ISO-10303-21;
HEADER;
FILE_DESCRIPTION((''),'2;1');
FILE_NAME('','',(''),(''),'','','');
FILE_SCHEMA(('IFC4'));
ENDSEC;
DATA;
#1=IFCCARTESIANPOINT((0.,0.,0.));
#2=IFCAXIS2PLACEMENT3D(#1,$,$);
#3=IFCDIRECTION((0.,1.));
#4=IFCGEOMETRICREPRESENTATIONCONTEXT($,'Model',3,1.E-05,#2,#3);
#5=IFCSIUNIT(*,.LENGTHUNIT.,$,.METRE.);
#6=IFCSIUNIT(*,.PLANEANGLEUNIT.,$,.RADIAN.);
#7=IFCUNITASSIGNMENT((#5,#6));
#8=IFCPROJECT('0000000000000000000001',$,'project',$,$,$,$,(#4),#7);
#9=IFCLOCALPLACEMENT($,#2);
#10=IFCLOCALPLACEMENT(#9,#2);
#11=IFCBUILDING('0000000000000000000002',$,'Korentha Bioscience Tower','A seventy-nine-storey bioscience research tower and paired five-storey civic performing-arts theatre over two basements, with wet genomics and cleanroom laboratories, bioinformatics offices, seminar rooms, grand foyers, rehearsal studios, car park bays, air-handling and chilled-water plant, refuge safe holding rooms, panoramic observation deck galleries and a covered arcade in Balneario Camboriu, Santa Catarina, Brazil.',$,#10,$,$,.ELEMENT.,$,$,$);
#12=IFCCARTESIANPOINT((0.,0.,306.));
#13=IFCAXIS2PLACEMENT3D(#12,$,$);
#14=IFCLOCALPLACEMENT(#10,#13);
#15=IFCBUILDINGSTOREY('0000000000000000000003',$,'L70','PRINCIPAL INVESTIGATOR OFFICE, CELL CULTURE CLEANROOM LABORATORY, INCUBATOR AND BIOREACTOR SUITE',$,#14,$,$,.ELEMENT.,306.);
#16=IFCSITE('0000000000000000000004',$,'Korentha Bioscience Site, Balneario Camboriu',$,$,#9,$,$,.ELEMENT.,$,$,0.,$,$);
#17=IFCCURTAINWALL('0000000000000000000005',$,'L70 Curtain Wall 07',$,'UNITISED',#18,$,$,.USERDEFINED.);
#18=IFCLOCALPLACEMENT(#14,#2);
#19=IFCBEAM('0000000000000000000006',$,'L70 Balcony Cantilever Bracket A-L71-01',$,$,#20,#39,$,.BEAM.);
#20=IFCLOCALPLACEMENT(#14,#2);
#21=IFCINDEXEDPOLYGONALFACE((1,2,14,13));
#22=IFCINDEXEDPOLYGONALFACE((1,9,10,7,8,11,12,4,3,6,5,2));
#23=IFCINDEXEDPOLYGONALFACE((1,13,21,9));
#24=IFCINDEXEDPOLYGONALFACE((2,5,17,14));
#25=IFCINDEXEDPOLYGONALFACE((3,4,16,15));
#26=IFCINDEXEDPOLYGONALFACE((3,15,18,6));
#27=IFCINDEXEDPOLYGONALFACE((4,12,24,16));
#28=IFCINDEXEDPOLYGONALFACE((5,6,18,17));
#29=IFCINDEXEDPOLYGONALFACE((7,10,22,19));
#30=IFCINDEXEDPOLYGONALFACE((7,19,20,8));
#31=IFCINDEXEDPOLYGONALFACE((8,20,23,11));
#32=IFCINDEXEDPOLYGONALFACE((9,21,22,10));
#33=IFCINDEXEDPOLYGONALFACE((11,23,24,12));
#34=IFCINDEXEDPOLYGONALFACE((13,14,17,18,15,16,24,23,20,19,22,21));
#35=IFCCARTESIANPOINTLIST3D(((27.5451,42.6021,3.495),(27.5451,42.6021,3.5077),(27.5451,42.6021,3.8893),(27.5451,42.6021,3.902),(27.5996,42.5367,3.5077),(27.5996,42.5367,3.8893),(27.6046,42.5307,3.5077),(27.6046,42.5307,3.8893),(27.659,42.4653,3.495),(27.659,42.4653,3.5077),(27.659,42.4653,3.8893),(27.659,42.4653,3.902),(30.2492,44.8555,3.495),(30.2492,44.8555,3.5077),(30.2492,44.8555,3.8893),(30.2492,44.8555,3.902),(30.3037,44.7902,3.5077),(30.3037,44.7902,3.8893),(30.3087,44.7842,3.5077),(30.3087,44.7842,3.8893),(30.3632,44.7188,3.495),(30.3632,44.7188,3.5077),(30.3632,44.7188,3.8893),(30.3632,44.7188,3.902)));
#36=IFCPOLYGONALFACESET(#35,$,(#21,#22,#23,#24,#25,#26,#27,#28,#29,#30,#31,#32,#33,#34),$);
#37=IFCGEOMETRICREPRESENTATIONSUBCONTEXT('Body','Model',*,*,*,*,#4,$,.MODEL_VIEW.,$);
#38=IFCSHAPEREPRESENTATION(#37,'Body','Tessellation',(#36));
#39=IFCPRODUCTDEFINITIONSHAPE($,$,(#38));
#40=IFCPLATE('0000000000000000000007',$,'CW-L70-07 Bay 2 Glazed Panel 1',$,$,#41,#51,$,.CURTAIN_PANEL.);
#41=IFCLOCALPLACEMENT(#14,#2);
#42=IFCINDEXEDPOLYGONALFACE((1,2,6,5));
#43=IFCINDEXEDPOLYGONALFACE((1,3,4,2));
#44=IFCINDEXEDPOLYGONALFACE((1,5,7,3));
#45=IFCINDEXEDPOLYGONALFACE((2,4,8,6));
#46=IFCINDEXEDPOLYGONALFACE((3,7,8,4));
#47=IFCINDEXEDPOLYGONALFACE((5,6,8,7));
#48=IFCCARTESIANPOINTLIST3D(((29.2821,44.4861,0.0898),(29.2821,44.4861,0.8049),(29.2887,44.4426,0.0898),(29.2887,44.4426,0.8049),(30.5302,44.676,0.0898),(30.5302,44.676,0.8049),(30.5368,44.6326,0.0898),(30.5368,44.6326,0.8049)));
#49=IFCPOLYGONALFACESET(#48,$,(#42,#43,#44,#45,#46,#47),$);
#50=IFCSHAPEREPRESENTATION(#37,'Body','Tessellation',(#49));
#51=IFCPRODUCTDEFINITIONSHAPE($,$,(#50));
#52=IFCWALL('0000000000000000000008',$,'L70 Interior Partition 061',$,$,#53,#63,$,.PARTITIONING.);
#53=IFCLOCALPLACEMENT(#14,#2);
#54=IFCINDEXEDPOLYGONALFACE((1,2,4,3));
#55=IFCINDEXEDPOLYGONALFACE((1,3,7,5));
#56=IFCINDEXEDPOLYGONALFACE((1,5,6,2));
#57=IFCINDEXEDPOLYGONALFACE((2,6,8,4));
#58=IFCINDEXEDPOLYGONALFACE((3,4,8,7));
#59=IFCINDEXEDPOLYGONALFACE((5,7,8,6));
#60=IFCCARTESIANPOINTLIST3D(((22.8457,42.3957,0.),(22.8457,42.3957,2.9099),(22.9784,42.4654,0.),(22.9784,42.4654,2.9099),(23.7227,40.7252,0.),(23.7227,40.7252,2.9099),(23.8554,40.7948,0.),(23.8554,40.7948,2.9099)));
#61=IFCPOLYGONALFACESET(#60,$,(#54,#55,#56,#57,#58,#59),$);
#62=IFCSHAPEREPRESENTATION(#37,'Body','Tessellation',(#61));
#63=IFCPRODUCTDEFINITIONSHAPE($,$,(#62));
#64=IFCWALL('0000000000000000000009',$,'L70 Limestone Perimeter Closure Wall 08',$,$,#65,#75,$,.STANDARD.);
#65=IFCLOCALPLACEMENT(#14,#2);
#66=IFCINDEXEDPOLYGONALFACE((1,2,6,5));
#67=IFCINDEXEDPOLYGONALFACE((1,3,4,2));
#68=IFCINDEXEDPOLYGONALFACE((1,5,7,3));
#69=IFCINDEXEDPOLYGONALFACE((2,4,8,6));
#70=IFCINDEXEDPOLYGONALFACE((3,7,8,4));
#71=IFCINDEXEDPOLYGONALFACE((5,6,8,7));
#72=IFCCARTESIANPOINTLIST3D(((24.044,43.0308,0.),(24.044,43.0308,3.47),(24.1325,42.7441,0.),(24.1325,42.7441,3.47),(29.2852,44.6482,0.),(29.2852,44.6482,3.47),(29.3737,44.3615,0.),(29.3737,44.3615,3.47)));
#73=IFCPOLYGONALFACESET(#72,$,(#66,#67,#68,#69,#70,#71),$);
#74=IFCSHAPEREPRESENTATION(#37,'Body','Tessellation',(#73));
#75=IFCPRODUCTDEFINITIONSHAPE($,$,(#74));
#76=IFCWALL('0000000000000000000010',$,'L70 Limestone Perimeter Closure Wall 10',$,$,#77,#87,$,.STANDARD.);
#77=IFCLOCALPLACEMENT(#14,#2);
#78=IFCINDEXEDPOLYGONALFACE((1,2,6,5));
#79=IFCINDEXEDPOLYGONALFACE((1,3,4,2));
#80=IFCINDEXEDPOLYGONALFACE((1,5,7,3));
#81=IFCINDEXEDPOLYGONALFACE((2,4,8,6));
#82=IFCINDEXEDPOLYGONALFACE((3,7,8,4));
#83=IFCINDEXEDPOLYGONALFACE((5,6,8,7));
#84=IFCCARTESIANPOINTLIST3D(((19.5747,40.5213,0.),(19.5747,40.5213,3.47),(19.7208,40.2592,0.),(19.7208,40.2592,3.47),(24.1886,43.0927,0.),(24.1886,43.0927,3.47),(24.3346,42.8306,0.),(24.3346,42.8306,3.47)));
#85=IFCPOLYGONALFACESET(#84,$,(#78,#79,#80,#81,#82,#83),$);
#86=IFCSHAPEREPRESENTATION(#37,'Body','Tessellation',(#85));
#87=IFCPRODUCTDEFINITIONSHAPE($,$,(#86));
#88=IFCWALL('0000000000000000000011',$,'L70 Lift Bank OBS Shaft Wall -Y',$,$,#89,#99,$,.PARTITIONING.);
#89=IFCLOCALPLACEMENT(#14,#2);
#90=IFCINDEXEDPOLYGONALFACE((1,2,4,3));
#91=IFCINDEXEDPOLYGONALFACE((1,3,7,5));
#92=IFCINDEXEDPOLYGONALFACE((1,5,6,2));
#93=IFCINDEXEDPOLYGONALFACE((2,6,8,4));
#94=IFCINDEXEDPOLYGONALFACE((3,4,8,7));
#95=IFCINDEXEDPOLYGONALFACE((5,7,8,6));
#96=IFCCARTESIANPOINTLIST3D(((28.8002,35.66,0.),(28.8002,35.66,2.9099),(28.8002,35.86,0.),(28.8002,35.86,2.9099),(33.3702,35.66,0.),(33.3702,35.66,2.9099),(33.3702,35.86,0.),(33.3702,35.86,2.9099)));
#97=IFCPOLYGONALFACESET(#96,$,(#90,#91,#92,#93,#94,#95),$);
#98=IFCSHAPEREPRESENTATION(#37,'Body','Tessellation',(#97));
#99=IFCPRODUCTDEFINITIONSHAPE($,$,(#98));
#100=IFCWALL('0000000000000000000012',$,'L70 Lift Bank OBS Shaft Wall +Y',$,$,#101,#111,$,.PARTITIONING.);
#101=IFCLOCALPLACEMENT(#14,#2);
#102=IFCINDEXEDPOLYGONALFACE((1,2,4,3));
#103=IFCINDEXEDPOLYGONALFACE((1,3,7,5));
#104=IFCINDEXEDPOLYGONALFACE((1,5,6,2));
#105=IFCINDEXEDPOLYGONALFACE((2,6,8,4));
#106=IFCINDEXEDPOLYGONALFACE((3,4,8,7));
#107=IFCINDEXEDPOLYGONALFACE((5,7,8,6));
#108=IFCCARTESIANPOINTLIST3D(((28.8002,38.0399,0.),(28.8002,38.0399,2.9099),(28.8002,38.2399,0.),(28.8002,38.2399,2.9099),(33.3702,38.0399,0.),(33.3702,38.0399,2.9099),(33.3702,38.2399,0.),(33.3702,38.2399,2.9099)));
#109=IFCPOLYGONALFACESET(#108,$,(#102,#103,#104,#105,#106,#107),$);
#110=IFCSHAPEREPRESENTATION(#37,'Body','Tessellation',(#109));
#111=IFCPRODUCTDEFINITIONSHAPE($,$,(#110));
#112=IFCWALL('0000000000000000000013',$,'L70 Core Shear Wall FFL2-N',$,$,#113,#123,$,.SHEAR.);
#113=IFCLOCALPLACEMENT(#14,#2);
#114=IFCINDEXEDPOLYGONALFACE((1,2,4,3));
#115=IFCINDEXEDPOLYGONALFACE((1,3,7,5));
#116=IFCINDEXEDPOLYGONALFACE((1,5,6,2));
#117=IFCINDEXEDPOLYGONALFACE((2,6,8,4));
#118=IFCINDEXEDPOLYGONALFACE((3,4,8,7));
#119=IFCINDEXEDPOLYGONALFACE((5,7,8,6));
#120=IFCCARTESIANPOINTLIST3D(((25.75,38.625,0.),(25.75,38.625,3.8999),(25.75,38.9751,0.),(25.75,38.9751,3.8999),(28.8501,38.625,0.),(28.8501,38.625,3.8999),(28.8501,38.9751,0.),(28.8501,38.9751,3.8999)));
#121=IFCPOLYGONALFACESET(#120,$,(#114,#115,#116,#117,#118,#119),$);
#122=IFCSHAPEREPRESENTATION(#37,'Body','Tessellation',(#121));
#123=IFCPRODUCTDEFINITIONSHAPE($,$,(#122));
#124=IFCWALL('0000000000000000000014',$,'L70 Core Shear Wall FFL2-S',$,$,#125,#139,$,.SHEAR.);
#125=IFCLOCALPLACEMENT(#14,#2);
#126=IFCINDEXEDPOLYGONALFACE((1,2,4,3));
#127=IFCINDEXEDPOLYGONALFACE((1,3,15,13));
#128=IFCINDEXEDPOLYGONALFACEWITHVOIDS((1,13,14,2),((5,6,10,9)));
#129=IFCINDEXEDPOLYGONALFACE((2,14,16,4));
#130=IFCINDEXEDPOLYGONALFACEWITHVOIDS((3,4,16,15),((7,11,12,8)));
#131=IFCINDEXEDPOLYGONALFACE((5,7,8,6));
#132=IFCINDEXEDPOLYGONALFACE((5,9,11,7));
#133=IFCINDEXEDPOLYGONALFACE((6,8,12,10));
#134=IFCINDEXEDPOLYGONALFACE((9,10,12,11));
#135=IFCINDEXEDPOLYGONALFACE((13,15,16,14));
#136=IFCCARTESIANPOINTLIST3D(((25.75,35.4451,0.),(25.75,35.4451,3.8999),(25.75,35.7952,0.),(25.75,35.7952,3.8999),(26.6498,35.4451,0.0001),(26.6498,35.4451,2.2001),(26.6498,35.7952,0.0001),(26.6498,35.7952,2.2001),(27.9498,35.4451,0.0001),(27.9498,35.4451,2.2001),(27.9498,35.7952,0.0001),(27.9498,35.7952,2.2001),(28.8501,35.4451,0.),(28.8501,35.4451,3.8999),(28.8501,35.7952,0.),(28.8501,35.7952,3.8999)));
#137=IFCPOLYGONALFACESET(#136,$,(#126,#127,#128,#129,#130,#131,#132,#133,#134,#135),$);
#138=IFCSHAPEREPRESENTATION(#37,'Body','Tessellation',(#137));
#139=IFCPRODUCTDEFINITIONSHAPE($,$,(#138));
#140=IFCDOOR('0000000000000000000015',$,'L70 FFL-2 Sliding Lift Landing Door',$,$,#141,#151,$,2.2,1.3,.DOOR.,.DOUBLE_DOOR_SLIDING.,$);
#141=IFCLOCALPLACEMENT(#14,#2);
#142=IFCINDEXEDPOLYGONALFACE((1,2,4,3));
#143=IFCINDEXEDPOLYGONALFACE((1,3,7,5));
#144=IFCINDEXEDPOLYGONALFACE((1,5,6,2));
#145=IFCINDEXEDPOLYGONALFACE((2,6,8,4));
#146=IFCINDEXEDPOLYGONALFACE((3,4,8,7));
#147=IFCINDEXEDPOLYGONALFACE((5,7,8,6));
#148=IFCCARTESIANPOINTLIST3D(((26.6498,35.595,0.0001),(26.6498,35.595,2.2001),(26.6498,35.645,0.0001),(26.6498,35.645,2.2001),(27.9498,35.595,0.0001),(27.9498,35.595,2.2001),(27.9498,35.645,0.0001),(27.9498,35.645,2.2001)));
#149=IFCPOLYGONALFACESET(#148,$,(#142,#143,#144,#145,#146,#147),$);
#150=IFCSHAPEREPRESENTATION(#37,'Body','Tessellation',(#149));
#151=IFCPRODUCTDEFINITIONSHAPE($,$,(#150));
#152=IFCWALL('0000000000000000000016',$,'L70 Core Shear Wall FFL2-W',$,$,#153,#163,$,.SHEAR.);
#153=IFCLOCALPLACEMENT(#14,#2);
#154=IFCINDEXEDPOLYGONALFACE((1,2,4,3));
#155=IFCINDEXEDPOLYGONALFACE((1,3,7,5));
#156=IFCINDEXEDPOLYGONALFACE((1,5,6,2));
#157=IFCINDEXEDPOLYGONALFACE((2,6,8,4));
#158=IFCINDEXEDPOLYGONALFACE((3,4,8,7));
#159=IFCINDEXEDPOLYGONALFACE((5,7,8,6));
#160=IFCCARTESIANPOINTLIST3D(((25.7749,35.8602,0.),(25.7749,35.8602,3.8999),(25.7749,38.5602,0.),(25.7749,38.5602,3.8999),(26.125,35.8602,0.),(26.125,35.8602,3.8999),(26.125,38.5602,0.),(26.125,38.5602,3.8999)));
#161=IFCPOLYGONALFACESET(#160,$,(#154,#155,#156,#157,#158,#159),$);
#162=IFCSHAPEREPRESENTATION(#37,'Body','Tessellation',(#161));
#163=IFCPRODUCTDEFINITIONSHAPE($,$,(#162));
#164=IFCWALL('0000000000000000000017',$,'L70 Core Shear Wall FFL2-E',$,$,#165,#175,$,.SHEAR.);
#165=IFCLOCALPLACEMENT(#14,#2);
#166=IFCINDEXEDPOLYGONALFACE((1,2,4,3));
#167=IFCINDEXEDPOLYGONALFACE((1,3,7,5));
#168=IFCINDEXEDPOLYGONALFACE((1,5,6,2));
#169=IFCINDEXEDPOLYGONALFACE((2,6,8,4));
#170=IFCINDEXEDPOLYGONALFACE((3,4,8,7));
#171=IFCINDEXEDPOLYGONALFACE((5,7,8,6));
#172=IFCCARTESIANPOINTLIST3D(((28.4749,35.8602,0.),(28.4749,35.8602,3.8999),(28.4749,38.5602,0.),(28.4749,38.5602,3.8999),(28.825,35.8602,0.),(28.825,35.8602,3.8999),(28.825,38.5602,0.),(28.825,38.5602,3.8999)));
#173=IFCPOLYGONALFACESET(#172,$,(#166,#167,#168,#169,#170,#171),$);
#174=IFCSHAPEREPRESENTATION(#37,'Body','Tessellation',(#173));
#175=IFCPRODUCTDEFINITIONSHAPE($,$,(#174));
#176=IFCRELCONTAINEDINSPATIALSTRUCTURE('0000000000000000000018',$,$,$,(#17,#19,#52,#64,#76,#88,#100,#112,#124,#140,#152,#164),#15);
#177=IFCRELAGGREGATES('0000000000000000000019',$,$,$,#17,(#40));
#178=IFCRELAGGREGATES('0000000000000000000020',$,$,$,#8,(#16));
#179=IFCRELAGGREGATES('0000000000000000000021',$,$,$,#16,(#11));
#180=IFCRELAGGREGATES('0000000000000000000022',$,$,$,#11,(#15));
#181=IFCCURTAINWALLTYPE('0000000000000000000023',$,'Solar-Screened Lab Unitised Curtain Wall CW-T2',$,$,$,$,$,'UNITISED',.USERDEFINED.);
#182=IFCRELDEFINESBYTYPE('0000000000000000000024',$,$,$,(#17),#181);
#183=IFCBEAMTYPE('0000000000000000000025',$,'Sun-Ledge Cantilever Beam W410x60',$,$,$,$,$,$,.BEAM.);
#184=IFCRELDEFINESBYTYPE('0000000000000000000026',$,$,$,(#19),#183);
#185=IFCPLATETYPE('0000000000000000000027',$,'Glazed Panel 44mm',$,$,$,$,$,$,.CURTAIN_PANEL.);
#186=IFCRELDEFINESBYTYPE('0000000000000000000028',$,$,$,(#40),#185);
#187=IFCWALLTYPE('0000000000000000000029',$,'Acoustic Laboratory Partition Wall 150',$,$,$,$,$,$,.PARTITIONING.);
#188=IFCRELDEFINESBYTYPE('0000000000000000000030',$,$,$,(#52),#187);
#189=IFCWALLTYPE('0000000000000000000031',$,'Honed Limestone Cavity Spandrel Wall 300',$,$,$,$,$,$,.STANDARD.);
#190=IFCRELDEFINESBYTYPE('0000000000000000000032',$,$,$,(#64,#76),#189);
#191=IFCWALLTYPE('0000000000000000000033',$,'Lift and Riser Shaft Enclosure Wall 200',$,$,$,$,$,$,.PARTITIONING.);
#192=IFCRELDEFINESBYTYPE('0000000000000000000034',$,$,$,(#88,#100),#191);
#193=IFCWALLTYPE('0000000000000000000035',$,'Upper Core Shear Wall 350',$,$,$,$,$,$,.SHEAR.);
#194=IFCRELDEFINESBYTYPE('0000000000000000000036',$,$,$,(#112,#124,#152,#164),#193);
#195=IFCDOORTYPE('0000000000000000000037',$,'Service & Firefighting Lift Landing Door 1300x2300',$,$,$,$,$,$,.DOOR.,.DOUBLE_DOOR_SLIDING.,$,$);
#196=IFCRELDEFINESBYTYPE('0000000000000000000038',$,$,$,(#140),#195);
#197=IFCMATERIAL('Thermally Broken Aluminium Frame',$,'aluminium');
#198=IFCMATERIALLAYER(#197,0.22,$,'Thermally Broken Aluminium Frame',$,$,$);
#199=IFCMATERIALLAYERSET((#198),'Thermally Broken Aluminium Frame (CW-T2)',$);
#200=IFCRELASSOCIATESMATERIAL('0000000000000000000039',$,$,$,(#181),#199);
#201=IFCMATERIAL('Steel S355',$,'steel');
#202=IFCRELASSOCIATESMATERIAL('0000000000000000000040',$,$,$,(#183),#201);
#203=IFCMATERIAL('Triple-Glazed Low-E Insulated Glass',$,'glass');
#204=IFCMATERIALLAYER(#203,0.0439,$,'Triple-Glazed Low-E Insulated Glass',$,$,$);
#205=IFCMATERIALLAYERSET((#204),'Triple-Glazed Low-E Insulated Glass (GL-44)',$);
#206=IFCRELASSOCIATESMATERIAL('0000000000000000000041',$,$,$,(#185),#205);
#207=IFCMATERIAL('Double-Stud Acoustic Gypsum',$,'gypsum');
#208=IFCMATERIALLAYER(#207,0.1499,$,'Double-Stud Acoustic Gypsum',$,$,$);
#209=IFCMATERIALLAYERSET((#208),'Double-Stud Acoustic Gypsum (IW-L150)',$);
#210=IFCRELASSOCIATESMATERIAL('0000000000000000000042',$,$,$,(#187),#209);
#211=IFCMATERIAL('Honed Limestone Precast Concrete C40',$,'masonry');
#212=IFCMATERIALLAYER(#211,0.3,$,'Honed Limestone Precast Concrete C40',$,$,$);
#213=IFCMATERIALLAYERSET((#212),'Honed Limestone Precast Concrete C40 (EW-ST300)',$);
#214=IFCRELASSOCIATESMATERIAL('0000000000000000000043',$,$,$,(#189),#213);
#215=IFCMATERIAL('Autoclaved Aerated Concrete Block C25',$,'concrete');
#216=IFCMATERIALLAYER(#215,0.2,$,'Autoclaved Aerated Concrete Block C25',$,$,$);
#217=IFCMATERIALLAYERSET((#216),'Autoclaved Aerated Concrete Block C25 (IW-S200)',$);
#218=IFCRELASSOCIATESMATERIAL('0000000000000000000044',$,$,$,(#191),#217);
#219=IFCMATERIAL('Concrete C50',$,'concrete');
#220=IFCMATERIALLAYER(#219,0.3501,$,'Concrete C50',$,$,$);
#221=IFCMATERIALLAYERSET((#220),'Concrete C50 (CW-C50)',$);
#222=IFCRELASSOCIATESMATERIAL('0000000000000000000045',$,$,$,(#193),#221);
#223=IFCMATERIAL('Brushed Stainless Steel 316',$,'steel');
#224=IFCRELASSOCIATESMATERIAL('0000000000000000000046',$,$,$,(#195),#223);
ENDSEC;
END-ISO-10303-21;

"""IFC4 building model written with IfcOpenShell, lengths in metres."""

from ifc_helpers import new_model, si_unit, direction, frame, frame_2d, origin, origin_2d, place, context, subcontext, project, spatial, rectangle, i_section, extrude, material, layer, layer_set, material_profile, profile_set, type_object, element, fill, aggregate, save


model = new_model("IFC4")

# Units and contexts
model_context = context("Model", 3, precision=1e-05, world=origin(), true_north=direction((0.0, 1.0)))
body_context = subcontext(model_context, "Body", "Model", "MODEL_VIEW")
ifc_project = project(units=[si_unit("LENGTHUNIT", "METRE"), si_unit("PLANEANGLEUNIT", "RADIAN")], contexts=[model_context])

# Site, building, storey
site_placement = place(None, origin())
site = spatial("IfcSite", under=ifc_project, at=site_placement, Name="Korentha Bioscience Site, Balneario Camboriu", CompositionType="ELEMENT", RefElevation=0.0)
building_placement = place(site_placement, origin())
building = spatial("IfcBuilding", under=site, at=building_placement, Name="Korentha Bioscience Tower", Description="A seventy-nine-storey bioscience research tower and paired five-storey civic performing-arts theatre over two basements, with wet genomics and cleanroom laboratories, bioinformatics offices, seminar rooms, grand foyers, rehearsal studios, car park bays, air-handling and chilled-water plant, refuge safe holding rooms, panoramic observation deck galleries and a covered arcade in Balneario Camboriu, Santa Catarina, Brazil.", CompositionType="ELEMENT")
storey_placement = place(building_placement, frame((0.0, 0.0, 306.0)))
storey = spatial("IfcBuildingStorey", under=building, at=storey_placement, Name="L70", Description="PRINCIPAL INVESTIGATOR OFFICE, CELL CULTURE CLEANROOM LABORATORY, INCUBATOR AND BIOREACTOR SUITE", CompositionType="ELEMENT", Elevation=306.0)

# Shared definitions
ifc_material_1 = material(Name="Concrete C50", Category="concrete")

# Shared definitions
ifc_material_2 = material(Name="Steel S355", Category="steel")

# Curtain wall
ifc_material_3 = material(Name="Thermally Broken Aluminium Frame", Category="aluminium")
ifc_layer_1 = layer(ifc_material_3, 0.22, Name="Thermally Broken Aluminium Frame")
ifc_layer_set_1 = layer_set([ifc_layer_1], Name="Thermally Broken Aluminium Frame (CW-T2)")
curtain_wall_type = type_object("IfcCurtainWallType", Name="Solar-Screened Lab Unitised Curtain Wall CW-T2", ElementType="UNITISED", PredefinedType="USERDEFINED", material=ifc_layer_set_1)
curtain_wall_placement = place(storey_placement, origin())
curtain_wall = element("IfcCurtainWall", 1, at=curtain_wall_placement, inside=storey, type_object=curtain_wall_type, Name="L70 Curtain Wall 07", ObjectType="UNITISED", PredefinedType="USERDEFINED")

# Beam
ifc_material_profile_1 = material_profile(ifc_material_2, i_section(OverallWidth=0.178, OverallDepth=0.407, WebThickness=0.0078, FlangeThickness=0.0127, at=origin_2d()), Name="Steel S355")
ifc_profile_set_1 = profile_set([ifc_material_profile_1], Name="Steel S355 (CB-410)")
beam_type_1 = type_object("IfcBeamType", Name="Sun-Ledge Cantilever Beam W410x60", PredefinedType="BEAM", material=ifc_profile_set_1)
beam_1_placement = place(storey_placement, frame((27.6021, 42.5337, 3.6985), z_axis=(0.768221, 0.640184, 0.0), x_axis=(-0.640184, 0.768221, 0.0)))
element("IfcBeam", 2, at=beam_1_placement, inside=storey, type_object=beam_type_1, Name="L70 Balcony Cantilever Bracket A-L71-01", PredefinedType="BEAM", context=body_context, shape_type="SweptSolid", body=[
    extrude(i_section(OverallWidth=0.178, OverallDepth=0.407, WebThickness=0.0078, FlangeThickness=0.0127, at=origin_2d()), origin(), (0.0, 0.0, 1.0), 3.52),
])

# Plate
ifc_material_4 = material(Name="Triple-Glazed Low-E Insulated Glass", Category="glass")
ifc_layer_2 = layer(ifc_material_4, 0.0439, Name="Triple-Glazed Low-E Insulated Glass")
ifc_layer_set_2 = layer_set([ifc_layer_2], Name="Triple-Glazed Low-E Insulated Glass (GL-44)")
plate_type = type_object("IfcPlateType", Name="Glazed Panel 44mm", PredefinedType="CURTAIN_PANEL", material=ifc_layer_set_2)
plate_placement = place(storey_placement, frame((29.9094, 44.5593, 0.0898), z_axis=(0.0, 0.0, 1.0), x_axis=(-0.988621, -0.150428, 0.0)))
plate = element("IfcPlate", 3, at=plate_placement, type_object=plate_type, Name="CW-L70-07 Bay 2 Glazed Panel 1", PredefinedType="CURTAIN_PANEL", context=body_context, shape_type="SweptSolid", body=[
    extrude(rectangle(XDim=1.2625, YDim=0.0439, at=origin_2d()), origin(), (0.0, 0.0, 1.0), 0.7151),
])
aggregate(curtain_wall, [plate])

# Walls
ifc_material_5 = material(Name="Double-Stud Acoustic Gypsum", Category="gypsum")
ifc_layer_3 = layer(ifc_material_5, 0.1499, Name="Double-Stud Acoustic Gypsum")
ifc_layer_set_3 = layer_set([ifc_layer_3], Name="Double-Stud Acoustic Gypsum (IW-L150)")
wall_type_1 = type_object("IfcWallType", Name="Acoustic Laboratory Partition Wall 150", PredefinedType="PARTITIONING", material=ifc_layer_set_3)
wall_1_placement = place(storey_placement, frame((23.7891, 40.76, 0.0), z_axis=(0.0, 0.0, 1.0), x_axis=(-0.464829, 0.885401, 0.0)))
element("IfcWall", 4, at=wall_1_placement, inside=storey, type_object=wall_type_1, Name="L70 Interior Partition 061", PredefinedType="PARTITIONING", context=body_context, shape_type="SweptSolid", body=[
    extrude(rectangle(XDim=1.8867, YDim=0.1499, at=frame_2d((0.9434, 0.0))), origin(), (0.0, 0.0, 1.0), 2.9099),
])
ifc_material_6 = material(Name="Honed Limestone Precast Concrete C40", Category="masonry")
ifc_layer_4 = layer(ifc_material_6, 0.3, Name="Honed Limestone Precast Concrete C40")
ifc_layer_set_4 = layer_set([ifc_layer_4], Name="Honed Limestone Precast Concrete C40 (EW-ST300)")
wall_type_2 = type_object("IfcWallType", Name="Honed Limestone Cavity Spandrel Wall 300", PredefinedType="STANDARD", material=ifc_layer_set_4)
wall_2_placement = place(storey_placement, frame((29.3296, 44.5049, 0.0), z_axis=(0.0, 0.0, 1.0), x_axis=(-0.955535, -0.294877, 0.0)))
element("IfcWall", 5, at=wall_2_placement, inside=storey, type_object=wall_type_2, Name="L70 Limestone Perimeter Closure Wall 08", PredefinedType="STANDARD", context=body_context, shape_type="SweptSolid", body=[
    extrude(rectangle(XDim=5.4851, YDim=0.3, at=frame_2d((2.7427, 0.0))), origin(), (0.0, 0.0, 1.0), 3.47),
])
wall_3_placement = place(storey_placement, frame((24.2617, 42.9617, 0.0), z_axis=(0.0, 0.0, 1.0), x_axis=(-0.873507, -0.486812, 0.0)))
element("IfcWall", 6, at=wall_3_placement, inside=storey, type_object=wall_type_2, Name="L70 Limestone Perimeter Closure Wall 10", PredefinedType="STANDARD", context=body_context, shape_type="SweptSolid", body=[
    extrude(rectangle(XDim=5.282, YDim=0.3, at=frame_2d((2.6411, 0.0))), origin(), (0.0, 0.0, 1.0), 3.47),
])
ifc_material_7 = material(Name="Autoclaved Aerated Concrete Block C25", Category="concrete")
ifc_layer_5 = layer(ifc_material_7, 0.2, Name="Autoclaved Aerated Concrete Block C25")
ifc_layer_set_5 = layer_set([ifc_layer_5], Name="Autoclaved Aerated Concrete Block C25 (IW-S200)")
wall_type_3 = type_object("IfcWallType", Name="Lift and Riser Shaft Enclosure Wall 200", PredefinedType="PARTITIONING", material=ifc_layer_set_5)
for number, where, z_axis, x_axis, name in (
    (7, (28.8, 35.76, 0.0), (0.0, 0.0, 1.0), (1.0, 0.0, 0.0), "L70 Lift Bank OBS Shaft Wall -Y"),
    (8, (28.8, 38.1399, 0.0), (0.0, 0.0, 1.0), (1.0, 0.0, 0.0), "L70 Lift Bank OBS Shaft Wall +Y"),
):
    element("IfcWall", number, at=place(storey_placement, frame(where, z_axis=z_axis, x_axis=x_axis)), inside=storey, type_object=wall_type_3, Name=name, PredefinedType="PARTITIONING", context=body_context, shape_type="SweptSolid", body=[
        extrude(rectangle(XDim=4.5701, YDim=0.2, at=frame_2d((2.2852, 0.0))), origin(), (0.0, 0.0, 1.0), 2.9099),
    ])
ifc_layer_6 = layer(ifc_material_1, 0.3501, Name="Concrete C50")
ifc_layer_set_6 = layer_set([ifc_layer_6], Name="Concrete C50 (CW-C50)")
wall_type_4 = type_object("IfcWallType", Name="Upper Core Shear Wall 350", PredefinedType="SHEAR", material=ifc_layer_set_6)
wall_4_placement = place(storey_placement, frame((25.75, 38.8, 0.0), z_axis=(0.0, 0.0, 1.0), x_axis=(1.0, 0.0, 0.0)))
element("IfcWall", 9, at=wall_4_placement, inside=storey, type_object=wall_type_4, Name="L70 Core Shear Wall FFL2-N", PredefinedType="SHEAR", context=body_context, shape_type="SweptSolid", body=[
    extrude(rectangle(XDim=3.1001, YDim=0.3501, at=frame_2d((1.55, 0.0))), origin(), (0.0, 0.0, 1.0), 3.8999),
])

# Wall, opening, door
wall_5_placement = place(storey_placement, frame((25.75, 35.6201, 0.0), z_axis=(0.0, 0.0, 1.0), x_axis=(1.0, 0.0, 0.0)))
wall_5 = element("IfcWall", 10, at=wall_5_placement, inside=storey, type_object=wall_type_4, Name="L70 Core Shear Wall FFL2-S", PredefinedType="SHEAR", context=body_context, shape_type="SweptSolid", body=[
    extrude(rectangle(XDim=3.1001, YDim=0.3501, at=frame_2d((1.55, 0.0))), origin(), (0.0, 0.0, 1.0), 3.8999),
])
opening_placement = place(wall_5_placement, frame((0.8999, 0.0, 0.0)))
opening = element("IfcOpeningElement", 11, at=opening_placement, cuts=wall_5, PredefinedType="OPENING", context=body_context, shape_type="SweptSolid", body=[
    extrude(rectangle(XDim=1.3, YDim=2.2, at=frame_2d((0.6499, 1.1001))), frame((0.0, 0.1899, 0.0), z_axis=(0.0, -1.0, 0.0), x_axis=(1.0, 0.0, 0.0)), (0.0, 0.0, 1.0), 0.3799),
])
ifc_material_8 = material(Name="Brushed Stainless Steel 316", Category="steel")
door_type = type_object("IfcDoorType", Name="Service & Firefighting Lift Landing Door 1300x2300", OperationType="DOUBLE_DOOR_SLIDING", PredefinedType="DOOR", material=ifc_material_8)
door_placement = place(opening_placement, origin())
door = element("IfcDoor", 12, at=door_placement, inside=storey, type_object=door_type, Name="L70 FFL-2 Sliding Lift Landing Door", OperationType="DOUBLE_DOOR_SLIDING", OverallHeight=2.2, OverallWidth=1.3, PredefinedType="DOOR", context=body_context, shape_type="SweptSolid", body=[
    extrude(rectangle(XDim=1.3, YDim=2.2, at=frame_2d((0.6499, 1.1001))), frame((0.0, 0.0249, 0.0), z_axis=(0.0, -1.0, 0.0), x_axis=(1.0, 0.0, 0.0)), (0.0, 0.0, 1.0), 0.05),
])
fill(opening, door)

# Walls
for number, where, z_axis, x_axis, name in (
    (13, (25.95, 35.8601, 0.0), (0.0, 0.0, 1.0), (0.0, 1.0, 0.0), "L70 Core Shear Wall FFL2-W"),
    (14, (28.6499, 35.8601, 0.0), (0.0, 0.0, 1.0), (0.0, 1.0, 0.0), "L70 Core Shear Wall FFL2-E"),
):
    element("IfcWall", number, at=place(storey_placement, frame(where, z_axis=z_axis, x_axis=x_axis)), inside=storey, type_object=wall_type_4, Name=name, PredefinedType="SHEAR", context=body_context, shape_type="SweptSolid", body=[
        extrude(rectangle(XDim=2.7, YDim=0.3501, at=frame_2d((1.3501, 0.0))), origin(), (0.0, 0.0, 1.0), 3.8999),
    ])

save(model, "model.ifc")
